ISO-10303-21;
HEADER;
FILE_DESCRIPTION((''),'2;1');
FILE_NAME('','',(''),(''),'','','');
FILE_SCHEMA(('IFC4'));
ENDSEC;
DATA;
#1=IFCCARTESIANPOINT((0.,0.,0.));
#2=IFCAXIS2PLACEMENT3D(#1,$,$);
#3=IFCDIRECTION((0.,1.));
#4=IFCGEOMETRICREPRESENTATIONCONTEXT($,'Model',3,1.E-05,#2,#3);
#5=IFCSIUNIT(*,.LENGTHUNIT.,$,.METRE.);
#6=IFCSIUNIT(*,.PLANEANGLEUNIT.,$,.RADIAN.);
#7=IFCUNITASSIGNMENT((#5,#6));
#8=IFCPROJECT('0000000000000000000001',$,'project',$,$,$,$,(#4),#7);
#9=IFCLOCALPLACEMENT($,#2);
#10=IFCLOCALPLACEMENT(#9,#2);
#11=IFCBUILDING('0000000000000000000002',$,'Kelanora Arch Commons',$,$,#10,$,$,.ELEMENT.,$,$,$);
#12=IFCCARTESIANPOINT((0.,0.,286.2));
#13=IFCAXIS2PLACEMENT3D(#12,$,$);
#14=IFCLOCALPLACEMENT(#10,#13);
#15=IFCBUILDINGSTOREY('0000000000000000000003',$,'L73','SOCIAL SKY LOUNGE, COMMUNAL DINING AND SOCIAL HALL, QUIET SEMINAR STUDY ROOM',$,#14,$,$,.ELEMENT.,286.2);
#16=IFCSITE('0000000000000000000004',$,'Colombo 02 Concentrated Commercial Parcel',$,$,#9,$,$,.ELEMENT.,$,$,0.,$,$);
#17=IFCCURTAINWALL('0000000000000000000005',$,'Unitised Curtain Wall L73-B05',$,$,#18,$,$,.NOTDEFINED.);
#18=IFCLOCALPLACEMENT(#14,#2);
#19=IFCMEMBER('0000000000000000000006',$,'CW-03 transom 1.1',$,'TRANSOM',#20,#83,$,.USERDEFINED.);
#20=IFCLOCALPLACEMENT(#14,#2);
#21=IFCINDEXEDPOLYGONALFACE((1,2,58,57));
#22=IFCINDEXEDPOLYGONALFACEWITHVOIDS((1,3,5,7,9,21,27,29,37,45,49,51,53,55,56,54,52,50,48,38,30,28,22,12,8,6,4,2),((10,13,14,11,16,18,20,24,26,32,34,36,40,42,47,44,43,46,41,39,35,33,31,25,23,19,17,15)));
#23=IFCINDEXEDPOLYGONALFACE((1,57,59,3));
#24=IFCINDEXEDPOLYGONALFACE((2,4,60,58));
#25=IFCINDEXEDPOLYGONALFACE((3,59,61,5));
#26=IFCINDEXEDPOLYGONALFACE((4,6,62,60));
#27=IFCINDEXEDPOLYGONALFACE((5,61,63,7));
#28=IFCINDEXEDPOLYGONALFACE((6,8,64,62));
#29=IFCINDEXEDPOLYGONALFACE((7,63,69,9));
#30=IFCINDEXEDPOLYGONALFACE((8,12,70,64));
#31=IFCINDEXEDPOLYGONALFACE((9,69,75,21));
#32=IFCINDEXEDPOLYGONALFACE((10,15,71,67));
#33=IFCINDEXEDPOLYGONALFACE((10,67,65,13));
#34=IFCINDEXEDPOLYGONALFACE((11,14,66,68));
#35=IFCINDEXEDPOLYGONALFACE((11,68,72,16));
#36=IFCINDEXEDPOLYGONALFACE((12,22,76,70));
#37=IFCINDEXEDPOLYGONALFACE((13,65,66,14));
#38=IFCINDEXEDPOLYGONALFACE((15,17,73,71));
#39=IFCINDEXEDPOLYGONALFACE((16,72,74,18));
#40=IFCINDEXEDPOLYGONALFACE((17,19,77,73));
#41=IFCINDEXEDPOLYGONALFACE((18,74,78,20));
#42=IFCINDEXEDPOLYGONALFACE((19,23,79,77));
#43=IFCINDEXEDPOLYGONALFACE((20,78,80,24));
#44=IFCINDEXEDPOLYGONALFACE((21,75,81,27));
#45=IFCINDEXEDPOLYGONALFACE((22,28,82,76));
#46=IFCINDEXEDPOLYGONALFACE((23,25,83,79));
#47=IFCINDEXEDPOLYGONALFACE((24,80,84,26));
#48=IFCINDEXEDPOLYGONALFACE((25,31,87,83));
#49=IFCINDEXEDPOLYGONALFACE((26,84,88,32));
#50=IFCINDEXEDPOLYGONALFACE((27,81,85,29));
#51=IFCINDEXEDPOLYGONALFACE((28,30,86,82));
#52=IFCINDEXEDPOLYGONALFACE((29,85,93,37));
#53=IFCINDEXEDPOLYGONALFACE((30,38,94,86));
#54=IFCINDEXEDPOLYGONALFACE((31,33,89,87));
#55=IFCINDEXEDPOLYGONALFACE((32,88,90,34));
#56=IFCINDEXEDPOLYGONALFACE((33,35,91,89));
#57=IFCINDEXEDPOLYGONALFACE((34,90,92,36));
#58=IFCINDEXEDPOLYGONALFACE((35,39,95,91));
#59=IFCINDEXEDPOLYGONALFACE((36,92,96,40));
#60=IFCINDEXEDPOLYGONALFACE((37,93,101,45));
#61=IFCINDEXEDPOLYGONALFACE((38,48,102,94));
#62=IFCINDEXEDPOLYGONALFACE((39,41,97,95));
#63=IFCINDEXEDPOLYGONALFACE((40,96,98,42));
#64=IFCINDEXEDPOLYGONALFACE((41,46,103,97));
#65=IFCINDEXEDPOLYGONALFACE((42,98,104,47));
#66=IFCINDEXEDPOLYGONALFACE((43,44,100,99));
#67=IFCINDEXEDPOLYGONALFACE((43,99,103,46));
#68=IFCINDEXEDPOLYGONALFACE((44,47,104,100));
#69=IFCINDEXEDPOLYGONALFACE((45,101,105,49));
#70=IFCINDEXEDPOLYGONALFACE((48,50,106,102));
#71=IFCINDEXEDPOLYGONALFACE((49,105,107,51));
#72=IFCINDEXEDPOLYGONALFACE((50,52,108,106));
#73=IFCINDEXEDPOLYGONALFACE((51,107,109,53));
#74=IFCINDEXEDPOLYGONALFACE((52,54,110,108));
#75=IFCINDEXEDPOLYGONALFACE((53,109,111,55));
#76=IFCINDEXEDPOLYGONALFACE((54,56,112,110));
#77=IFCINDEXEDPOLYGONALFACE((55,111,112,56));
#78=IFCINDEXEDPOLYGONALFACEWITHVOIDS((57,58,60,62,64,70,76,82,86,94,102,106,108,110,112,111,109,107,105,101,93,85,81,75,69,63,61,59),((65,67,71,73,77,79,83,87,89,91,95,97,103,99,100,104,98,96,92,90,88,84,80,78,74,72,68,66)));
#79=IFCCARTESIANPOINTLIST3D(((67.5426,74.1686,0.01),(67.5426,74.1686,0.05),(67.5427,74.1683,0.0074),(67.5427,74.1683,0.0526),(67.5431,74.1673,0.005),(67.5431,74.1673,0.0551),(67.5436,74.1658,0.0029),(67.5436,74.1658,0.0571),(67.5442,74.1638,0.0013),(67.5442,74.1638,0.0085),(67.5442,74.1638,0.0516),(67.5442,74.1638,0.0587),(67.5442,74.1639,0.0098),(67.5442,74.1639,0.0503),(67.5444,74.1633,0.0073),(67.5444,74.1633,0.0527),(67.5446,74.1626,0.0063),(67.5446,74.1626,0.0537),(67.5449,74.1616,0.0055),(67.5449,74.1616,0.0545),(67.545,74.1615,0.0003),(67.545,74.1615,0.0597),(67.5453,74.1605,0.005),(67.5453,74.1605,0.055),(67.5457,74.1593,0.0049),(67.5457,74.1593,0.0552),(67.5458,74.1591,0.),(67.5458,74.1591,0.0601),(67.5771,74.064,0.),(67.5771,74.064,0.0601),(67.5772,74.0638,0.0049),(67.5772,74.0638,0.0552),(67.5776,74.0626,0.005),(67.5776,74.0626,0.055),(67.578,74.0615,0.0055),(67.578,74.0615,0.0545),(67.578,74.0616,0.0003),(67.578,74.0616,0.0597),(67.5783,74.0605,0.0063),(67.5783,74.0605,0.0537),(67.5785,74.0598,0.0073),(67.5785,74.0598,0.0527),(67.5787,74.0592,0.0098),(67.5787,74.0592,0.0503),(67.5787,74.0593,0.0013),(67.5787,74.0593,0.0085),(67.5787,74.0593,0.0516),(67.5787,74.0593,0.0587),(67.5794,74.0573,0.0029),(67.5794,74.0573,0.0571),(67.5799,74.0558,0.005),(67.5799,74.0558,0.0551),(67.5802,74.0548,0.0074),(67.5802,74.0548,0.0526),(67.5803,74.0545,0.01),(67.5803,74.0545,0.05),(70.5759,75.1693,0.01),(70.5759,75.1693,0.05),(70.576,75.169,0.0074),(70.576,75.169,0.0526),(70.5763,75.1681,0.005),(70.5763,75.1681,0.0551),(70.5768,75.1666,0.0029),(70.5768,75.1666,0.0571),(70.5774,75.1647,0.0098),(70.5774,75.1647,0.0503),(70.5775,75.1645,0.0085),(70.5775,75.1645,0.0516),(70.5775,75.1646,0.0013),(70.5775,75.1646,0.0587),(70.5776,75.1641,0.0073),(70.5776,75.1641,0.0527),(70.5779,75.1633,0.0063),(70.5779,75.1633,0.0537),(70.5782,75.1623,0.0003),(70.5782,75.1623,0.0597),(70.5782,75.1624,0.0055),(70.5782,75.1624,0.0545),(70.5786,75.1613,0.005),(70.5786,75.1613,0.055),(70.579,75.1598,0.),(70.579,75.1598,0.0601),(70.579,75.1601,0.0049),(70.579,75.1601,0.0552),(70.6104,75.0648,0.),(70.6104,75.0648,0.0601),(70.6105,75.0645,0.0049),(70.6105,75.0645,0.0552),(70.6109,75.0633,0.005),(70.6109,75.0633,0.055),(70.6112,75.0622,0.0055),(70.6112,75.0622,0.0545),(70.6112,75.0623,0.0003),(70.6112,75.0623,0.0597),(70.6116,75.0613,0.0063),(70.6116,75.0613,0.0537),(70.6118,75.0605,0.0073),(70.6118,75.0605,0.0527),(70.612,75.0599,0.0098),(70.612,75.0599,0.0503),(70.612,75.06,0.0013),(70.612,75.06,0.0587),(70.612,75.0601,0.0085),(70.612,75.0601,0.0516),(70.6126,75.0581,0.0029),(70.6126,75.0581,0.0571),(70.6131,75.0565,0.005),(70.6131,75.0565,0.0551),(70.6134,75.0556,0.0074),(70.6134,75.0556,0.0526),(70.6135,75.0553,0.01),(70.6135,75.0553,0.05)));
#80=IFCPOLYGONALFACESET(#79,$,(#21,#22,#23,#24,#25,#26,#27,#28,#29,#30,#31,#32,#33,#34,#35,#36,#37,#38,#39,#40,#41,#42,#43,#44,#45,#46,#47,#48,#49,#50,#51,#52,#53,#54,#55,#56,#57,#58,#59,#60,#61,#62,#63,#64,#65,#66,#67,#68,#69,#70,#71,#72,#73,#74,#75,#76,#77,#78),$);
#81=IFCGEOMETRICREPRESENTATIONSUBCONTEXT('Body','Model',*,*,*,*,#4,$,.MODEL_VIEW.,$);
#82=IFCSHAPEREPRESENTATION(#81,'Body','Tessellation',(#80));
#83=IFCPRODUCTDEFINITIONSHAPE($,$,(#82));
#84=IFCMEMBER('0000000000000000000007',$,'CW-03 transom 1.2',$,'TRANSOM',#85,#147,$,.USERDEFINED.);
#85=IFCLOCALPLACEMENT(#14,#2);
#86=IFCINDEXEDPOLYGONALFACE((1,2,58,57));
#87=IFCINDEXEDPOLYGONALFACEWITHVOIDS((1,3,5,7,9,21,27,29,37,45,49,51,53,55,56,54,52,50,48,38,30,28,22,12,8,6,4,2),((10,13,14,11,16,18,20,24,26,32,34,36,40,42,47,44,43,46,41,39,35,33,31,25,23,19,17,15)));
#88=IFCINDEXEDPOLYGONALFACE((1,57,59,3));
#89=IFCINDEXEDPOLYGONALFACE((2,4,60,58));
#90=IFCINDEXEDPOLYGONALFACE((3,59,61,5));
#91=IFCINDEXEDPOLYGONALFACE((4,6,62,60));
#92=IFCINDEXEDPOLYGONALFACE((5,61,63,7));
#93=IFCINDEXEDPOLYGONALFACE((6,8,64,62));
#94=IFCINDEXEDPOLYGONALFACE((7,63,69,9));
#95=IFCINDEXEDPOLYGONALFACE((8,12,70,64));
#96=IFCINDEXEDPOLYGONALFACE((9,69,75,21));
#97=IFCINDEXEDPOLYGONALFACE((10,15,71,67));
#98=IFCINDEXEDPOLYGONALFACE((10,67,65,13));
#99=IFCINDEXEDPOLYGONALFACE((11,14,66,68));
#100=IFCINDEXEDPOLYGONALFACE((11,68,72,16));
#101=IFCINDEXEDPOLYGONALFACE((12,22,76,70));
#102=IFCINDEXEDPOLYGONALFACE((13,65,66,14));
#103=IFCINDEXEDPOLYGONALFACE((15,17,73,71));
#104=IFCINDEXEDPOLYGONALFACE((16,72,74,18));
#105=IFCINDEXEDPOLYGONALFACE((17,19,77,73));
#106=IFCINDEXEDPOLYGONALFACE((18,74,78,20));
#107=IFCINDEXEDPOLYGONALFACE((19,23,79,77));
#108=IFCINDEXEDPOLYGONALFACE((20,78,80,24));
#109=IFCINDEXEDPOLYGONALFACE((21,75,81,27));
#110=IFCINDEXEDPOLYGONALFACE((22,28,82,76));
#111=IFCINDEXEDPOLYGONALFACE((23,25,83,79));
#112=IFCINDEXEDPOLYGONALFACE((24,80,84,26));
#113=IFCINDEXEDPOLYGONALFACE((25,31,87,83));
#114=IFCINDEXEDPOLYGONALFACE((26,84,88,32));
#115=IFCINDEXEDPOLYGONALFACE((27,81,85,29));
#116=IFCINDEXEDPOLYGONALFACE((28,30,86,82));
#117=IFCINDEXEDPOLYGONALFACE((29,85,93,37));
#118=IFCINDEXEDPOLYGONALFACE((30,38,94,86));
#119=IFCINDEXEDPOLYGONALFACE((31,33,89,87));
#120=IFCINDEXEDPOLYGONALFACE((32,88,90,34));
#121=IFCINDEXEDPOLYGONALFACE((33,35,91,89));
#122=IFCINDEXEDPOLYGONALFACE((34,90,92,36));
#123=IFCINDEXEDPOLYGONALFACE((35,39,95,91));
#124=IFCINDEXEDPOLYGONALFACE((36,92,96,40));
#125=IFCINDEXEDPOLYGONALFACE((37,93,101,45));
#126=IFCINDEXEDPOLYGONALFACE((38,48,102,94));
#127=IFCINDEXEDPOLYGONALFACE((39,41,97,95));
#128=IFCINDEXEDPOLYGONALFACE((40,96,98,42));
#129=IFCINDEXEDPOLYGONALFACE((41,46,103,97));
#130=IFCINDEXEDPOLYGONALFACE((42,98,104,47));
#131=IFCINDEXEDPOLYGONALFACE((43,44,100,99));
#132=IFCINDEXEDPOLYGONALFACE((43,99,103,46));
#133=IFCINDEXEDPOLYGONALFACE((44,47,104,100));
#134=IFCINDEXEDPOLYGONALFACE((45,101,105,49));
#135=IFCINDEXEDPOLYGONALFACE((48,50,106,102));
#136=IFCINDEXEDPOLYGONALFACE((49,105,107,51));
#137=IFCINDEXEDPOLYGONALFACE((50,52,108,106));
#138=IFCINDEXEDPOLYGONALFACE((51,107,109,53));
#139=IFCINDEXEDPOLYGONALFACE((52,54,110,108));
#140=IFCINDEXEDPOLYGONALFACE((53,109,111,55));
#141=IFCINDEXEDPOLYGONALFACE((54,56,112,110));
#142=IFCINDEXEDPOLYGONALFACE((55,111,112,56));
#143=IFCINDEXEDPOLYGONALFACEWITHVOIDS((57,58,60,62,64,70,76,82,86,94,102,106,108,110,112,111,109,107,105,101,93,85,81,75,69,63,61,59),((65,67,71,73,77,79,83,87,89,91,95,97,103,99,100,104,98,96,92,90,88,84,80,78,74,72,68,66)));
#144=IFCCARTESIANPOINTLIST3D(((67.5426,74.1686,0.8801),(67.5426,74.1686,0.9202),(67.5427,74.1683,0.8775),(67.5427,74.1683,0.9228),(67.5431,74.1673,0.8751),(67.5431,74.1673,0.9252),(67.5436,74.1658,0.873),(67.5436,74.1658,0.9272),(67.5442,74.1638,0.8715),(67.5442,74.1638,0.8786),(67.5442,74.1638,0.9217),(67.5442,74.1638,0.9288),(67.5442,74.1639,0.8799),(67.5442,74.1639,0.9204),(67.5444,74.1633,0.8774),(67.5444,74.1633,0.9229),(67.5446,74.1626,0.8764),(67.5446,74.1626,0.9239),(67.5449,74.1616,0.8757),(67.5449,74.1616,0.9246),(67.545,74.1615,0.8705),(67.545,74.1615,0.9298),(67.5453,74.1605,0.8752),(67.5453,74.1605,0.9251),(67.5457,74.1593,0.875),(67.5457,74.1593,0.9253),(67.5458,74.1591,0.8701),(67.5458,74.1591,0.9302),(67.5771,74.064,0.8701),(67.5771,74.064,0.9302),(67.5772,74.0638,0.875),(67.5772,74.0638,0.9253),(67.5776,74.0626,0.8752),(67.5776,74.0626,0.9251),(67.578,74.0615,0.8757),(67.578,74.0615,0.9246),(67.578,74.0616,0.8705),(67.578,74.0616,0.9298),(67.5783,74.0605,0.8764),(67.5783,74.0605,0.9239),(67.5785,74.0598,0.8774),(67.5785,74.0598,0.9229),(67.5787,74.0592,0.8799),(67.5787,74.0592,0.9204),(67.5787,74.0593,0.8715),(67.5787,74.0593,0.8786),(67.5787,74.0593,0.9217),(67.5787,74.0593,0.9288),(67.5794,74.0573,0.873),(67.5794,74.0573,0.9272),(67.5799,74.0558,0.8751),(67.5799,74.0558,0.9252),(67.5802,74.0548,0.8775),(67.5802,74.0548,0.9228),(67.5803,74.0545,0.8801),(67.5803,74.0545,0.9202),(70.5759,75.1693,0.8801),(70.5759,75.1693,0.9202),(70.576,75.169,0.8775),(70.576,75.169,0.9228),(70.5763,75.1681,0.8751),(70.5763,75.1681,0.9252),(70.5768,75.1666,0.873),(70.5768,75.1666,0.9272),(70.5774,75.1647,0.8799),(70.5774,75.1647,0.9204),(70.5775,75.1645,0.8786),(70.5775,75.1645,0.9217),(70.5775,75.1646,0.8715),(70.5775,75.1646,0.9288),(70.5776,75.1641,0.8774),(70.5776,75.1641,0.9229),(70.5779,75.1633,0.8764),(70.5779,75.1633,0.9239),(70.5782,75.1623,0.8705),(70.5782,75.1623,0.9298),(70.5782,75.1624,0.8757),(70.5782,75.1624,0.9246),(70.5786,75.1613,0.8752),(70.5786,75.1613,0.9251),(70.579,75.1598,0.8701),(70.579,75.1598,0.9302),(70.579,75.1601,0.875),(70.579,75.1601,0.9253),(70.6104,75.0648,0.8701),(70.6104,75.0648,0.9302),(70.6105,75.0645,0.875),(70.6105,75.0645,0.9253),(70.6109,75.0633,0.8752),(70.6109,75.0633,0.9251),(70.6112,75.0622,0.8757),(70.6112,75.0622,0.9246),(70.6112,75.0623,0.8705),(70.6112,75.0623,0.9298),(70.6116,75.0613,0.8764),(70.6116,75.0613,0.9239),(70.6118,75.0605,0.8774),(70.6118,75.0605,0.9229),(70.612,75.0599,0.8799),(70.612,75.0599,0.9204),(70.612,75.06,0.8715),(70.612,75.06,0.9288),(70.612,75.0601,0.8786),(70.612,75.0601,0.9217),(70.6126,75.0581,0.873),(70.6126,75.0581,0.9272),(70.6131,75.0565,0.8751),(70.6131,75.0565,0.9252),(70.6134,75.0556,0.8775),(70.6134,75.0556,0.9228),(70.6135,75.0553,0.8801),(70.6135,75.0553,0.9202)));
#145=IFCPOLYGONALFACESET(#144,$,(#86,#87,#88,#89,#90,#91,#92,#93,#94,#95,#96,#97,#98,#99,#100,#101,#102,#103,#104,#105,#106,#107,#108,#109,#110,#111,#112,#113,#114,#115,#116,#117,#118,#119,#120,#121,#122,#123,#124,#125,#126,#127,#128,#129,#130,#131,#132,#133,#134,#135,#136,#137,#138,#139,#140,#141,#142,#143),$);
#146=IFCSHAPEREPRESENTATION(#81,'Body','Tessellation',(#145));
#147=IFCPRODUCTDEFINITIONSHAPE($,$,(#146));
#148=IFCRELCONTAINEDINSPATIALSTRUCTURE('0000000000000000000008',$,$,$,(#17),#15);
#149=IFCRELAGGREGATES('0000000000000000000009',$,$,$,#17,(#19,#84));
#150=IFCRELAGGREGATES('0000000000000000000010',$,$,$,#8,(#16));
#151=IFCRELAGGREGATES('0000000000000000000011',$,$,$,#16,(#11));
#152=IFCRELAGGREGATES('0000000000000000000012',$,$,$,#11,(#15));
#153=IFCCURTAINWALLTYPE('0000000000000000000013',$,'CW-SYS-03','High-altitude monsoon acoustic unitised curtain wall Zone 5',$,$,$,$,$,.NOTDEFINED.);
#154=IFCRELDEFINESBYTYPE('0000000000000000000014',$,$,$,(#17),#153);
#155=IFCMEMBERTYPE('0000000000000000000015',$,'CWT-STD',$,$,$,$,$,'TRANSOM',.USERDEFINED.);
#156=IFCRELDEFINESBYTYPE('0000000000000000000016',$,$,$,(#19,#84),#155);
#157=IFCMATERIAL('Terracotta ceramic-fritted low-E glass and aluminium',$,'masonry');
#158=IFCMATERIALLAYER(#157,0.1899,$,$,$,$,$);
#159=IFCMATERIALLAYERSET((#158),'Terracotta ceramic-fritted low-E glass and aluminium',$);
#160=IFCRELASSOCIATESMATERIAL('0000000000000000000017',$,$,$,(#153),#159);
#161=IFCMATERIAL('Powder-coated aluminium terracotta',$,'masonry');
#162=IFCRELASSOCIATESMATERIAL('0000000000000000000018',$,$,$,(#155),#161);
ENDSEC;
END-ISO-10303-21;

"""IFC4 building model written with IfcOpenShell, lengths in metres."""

from ifc_helpers import new_model, si_unit, direction, frame, origin, origin_2d, place, context, subcontext, project, spatial, hollow_rectangle, extrude, material, layer, layer_set, material_profile, profile_set, type_object, element, aggregate, save


model = new_model("IFC4")

# Units and contexts
model_context = context("Model", 3, precision=1e-05, world=origin(), true_north=direction((0.0, 1.0)))
body_context = subcontext(model_context, "Body", "Model", "MODEL_VIEW")
ifc_project = project(units=[si_unit("LENGTHUNIT", "METRE"), si_unit("PLANEANGLEUNIT", "RADIAN")], contexts=[model_context])

# Site, building, storey
site_placement = place(None, origin())
site = spatial("IfcSite", under=ifc_project, at=site_placement, Name="Colombo 02 Concentrated Commercial Parcel", CompositionType="ELEMENT", RefElevation=0.0)
building_placement = place(site_placement, origin())
building = spatial("IfcBuilding", under=site, at=building_placement, Name="Kelanora Arch Commons", CompositionType="ELEMENT")
storey_placement = place(building_placement, frame((0.0, 0.0, 286.2)))
storey = spatial("IfcBuildingStorey", under=building, at=storey_placement, Name="L73", Description="SOCIAL SKY LOUNGE, COMMUNAL DINING AND SOCIAL HALL, QUIET SEMINAR STUDY ROOM", CompositionType="ELEMENT", Elevation=286.2)

# Curtain wall, members
ifc_material_1 = material(Name="Terracotta ceramic-fritted low-E glass and aluminium", Category="masonry")
ifc_layer_1 = layer(ifc_material_1, 0.1899)
ifc_layer_set_1 = layer_set([ifc_layer_1], Name="Terracotta ceramic-fritted low-E glass and aluminium")
curtain_wall_type = type_object("IfcCurtainWallType", Name="CW-SYS-03", Description="High-altitude monsoon acoustic unitised curtain wall Zone 5", PredefinedType="NOTDEFINED", material=ifc_layer_set_1)
curtain_wall_placement = place(storey_placement, origin())
curtain_wall = element("IfcCurtainWall", 1, at=curtain_wall_placement, inside=storey, type_object=curtain_wall_type, Name="Unitised Curtain Wall L73-B05", PredefinedType="NOTDEFINED")
ifc_material_2 = material(Name="Powder-coated aluminium terracotta", Category="masonry")
ifc_material_profile_1 = material_profile(ifc_material_2, hollow_rectangle(XDim=0.1201, YDim=0.0601, WallThickness=0.0049, InnerFilletRadius=0.0049, OuterFilletRadius=0.01, at=origin_2d()), Name="CWT120x60")
ifc_profile_set_1 = profile_set([ifc_material_profile_1], Name="Powder-coated aluminium terracotta")
member_type_1 = type_object("IfcMemberType", Name="CWT-STD", ElementType="TRANSOM", PredefinedType="USERDEFINED", material=ifc_profile_set_1)
member_1_placement = place(storey_placement, frame((70.5947, 75.1123, 0.03), z_axis=(-0.94965, -0.313314, 0.0), x_axis=(0.313314, -0.94965, 0.0)))
member_1 = element("IfcMember", 2, at=member_1_placement, type_object=member_type_1, Name="CW-03 transom 1.1", ObjectType="TRANSOM", PredefinedType="USERDEFINED", context=body_context, shape_type="SweptSolid", body=[
    extrude(hollow_rectangle(XDim=0.1201, YDim=0.0601, WallThickness=0.0049, InnerFilletRadius=0.0049, OuterFilletRadius=0.01, at=origin_2d()), origin(), (0.0, 0.0, 1.0), 3.1941),
])
member_2_placement = place(storey_placement, frame((70.5947, 75.1123, 0.9001), z_axis=(-0.94965, -0.313314, 0.0), x_axis=(0.313314, -0.94965, 0.0)))
member_2 = element("IfcMember", 3, at=member_2_placement, type_object=member_type_1, Name="CW-03 transom 1.2", ObjectType="TRANSOM", PredefinedType="USERDEFINED", context=body_context, shape_type="SweptSolid", body=[
    extrude(hollow_rectangle(XDim=0.1201, YDim=0.0601, WallThickness=0.0049, InnerFilletRadius=0.0049, OuterFilletRadius=0.01, at=origin_2d()), origin(), (0.0, 0.0, 1.0), 3.1941),
])
aggregate(curtain_wall, [member_1, member_2])

save(model, "model.ifc")
